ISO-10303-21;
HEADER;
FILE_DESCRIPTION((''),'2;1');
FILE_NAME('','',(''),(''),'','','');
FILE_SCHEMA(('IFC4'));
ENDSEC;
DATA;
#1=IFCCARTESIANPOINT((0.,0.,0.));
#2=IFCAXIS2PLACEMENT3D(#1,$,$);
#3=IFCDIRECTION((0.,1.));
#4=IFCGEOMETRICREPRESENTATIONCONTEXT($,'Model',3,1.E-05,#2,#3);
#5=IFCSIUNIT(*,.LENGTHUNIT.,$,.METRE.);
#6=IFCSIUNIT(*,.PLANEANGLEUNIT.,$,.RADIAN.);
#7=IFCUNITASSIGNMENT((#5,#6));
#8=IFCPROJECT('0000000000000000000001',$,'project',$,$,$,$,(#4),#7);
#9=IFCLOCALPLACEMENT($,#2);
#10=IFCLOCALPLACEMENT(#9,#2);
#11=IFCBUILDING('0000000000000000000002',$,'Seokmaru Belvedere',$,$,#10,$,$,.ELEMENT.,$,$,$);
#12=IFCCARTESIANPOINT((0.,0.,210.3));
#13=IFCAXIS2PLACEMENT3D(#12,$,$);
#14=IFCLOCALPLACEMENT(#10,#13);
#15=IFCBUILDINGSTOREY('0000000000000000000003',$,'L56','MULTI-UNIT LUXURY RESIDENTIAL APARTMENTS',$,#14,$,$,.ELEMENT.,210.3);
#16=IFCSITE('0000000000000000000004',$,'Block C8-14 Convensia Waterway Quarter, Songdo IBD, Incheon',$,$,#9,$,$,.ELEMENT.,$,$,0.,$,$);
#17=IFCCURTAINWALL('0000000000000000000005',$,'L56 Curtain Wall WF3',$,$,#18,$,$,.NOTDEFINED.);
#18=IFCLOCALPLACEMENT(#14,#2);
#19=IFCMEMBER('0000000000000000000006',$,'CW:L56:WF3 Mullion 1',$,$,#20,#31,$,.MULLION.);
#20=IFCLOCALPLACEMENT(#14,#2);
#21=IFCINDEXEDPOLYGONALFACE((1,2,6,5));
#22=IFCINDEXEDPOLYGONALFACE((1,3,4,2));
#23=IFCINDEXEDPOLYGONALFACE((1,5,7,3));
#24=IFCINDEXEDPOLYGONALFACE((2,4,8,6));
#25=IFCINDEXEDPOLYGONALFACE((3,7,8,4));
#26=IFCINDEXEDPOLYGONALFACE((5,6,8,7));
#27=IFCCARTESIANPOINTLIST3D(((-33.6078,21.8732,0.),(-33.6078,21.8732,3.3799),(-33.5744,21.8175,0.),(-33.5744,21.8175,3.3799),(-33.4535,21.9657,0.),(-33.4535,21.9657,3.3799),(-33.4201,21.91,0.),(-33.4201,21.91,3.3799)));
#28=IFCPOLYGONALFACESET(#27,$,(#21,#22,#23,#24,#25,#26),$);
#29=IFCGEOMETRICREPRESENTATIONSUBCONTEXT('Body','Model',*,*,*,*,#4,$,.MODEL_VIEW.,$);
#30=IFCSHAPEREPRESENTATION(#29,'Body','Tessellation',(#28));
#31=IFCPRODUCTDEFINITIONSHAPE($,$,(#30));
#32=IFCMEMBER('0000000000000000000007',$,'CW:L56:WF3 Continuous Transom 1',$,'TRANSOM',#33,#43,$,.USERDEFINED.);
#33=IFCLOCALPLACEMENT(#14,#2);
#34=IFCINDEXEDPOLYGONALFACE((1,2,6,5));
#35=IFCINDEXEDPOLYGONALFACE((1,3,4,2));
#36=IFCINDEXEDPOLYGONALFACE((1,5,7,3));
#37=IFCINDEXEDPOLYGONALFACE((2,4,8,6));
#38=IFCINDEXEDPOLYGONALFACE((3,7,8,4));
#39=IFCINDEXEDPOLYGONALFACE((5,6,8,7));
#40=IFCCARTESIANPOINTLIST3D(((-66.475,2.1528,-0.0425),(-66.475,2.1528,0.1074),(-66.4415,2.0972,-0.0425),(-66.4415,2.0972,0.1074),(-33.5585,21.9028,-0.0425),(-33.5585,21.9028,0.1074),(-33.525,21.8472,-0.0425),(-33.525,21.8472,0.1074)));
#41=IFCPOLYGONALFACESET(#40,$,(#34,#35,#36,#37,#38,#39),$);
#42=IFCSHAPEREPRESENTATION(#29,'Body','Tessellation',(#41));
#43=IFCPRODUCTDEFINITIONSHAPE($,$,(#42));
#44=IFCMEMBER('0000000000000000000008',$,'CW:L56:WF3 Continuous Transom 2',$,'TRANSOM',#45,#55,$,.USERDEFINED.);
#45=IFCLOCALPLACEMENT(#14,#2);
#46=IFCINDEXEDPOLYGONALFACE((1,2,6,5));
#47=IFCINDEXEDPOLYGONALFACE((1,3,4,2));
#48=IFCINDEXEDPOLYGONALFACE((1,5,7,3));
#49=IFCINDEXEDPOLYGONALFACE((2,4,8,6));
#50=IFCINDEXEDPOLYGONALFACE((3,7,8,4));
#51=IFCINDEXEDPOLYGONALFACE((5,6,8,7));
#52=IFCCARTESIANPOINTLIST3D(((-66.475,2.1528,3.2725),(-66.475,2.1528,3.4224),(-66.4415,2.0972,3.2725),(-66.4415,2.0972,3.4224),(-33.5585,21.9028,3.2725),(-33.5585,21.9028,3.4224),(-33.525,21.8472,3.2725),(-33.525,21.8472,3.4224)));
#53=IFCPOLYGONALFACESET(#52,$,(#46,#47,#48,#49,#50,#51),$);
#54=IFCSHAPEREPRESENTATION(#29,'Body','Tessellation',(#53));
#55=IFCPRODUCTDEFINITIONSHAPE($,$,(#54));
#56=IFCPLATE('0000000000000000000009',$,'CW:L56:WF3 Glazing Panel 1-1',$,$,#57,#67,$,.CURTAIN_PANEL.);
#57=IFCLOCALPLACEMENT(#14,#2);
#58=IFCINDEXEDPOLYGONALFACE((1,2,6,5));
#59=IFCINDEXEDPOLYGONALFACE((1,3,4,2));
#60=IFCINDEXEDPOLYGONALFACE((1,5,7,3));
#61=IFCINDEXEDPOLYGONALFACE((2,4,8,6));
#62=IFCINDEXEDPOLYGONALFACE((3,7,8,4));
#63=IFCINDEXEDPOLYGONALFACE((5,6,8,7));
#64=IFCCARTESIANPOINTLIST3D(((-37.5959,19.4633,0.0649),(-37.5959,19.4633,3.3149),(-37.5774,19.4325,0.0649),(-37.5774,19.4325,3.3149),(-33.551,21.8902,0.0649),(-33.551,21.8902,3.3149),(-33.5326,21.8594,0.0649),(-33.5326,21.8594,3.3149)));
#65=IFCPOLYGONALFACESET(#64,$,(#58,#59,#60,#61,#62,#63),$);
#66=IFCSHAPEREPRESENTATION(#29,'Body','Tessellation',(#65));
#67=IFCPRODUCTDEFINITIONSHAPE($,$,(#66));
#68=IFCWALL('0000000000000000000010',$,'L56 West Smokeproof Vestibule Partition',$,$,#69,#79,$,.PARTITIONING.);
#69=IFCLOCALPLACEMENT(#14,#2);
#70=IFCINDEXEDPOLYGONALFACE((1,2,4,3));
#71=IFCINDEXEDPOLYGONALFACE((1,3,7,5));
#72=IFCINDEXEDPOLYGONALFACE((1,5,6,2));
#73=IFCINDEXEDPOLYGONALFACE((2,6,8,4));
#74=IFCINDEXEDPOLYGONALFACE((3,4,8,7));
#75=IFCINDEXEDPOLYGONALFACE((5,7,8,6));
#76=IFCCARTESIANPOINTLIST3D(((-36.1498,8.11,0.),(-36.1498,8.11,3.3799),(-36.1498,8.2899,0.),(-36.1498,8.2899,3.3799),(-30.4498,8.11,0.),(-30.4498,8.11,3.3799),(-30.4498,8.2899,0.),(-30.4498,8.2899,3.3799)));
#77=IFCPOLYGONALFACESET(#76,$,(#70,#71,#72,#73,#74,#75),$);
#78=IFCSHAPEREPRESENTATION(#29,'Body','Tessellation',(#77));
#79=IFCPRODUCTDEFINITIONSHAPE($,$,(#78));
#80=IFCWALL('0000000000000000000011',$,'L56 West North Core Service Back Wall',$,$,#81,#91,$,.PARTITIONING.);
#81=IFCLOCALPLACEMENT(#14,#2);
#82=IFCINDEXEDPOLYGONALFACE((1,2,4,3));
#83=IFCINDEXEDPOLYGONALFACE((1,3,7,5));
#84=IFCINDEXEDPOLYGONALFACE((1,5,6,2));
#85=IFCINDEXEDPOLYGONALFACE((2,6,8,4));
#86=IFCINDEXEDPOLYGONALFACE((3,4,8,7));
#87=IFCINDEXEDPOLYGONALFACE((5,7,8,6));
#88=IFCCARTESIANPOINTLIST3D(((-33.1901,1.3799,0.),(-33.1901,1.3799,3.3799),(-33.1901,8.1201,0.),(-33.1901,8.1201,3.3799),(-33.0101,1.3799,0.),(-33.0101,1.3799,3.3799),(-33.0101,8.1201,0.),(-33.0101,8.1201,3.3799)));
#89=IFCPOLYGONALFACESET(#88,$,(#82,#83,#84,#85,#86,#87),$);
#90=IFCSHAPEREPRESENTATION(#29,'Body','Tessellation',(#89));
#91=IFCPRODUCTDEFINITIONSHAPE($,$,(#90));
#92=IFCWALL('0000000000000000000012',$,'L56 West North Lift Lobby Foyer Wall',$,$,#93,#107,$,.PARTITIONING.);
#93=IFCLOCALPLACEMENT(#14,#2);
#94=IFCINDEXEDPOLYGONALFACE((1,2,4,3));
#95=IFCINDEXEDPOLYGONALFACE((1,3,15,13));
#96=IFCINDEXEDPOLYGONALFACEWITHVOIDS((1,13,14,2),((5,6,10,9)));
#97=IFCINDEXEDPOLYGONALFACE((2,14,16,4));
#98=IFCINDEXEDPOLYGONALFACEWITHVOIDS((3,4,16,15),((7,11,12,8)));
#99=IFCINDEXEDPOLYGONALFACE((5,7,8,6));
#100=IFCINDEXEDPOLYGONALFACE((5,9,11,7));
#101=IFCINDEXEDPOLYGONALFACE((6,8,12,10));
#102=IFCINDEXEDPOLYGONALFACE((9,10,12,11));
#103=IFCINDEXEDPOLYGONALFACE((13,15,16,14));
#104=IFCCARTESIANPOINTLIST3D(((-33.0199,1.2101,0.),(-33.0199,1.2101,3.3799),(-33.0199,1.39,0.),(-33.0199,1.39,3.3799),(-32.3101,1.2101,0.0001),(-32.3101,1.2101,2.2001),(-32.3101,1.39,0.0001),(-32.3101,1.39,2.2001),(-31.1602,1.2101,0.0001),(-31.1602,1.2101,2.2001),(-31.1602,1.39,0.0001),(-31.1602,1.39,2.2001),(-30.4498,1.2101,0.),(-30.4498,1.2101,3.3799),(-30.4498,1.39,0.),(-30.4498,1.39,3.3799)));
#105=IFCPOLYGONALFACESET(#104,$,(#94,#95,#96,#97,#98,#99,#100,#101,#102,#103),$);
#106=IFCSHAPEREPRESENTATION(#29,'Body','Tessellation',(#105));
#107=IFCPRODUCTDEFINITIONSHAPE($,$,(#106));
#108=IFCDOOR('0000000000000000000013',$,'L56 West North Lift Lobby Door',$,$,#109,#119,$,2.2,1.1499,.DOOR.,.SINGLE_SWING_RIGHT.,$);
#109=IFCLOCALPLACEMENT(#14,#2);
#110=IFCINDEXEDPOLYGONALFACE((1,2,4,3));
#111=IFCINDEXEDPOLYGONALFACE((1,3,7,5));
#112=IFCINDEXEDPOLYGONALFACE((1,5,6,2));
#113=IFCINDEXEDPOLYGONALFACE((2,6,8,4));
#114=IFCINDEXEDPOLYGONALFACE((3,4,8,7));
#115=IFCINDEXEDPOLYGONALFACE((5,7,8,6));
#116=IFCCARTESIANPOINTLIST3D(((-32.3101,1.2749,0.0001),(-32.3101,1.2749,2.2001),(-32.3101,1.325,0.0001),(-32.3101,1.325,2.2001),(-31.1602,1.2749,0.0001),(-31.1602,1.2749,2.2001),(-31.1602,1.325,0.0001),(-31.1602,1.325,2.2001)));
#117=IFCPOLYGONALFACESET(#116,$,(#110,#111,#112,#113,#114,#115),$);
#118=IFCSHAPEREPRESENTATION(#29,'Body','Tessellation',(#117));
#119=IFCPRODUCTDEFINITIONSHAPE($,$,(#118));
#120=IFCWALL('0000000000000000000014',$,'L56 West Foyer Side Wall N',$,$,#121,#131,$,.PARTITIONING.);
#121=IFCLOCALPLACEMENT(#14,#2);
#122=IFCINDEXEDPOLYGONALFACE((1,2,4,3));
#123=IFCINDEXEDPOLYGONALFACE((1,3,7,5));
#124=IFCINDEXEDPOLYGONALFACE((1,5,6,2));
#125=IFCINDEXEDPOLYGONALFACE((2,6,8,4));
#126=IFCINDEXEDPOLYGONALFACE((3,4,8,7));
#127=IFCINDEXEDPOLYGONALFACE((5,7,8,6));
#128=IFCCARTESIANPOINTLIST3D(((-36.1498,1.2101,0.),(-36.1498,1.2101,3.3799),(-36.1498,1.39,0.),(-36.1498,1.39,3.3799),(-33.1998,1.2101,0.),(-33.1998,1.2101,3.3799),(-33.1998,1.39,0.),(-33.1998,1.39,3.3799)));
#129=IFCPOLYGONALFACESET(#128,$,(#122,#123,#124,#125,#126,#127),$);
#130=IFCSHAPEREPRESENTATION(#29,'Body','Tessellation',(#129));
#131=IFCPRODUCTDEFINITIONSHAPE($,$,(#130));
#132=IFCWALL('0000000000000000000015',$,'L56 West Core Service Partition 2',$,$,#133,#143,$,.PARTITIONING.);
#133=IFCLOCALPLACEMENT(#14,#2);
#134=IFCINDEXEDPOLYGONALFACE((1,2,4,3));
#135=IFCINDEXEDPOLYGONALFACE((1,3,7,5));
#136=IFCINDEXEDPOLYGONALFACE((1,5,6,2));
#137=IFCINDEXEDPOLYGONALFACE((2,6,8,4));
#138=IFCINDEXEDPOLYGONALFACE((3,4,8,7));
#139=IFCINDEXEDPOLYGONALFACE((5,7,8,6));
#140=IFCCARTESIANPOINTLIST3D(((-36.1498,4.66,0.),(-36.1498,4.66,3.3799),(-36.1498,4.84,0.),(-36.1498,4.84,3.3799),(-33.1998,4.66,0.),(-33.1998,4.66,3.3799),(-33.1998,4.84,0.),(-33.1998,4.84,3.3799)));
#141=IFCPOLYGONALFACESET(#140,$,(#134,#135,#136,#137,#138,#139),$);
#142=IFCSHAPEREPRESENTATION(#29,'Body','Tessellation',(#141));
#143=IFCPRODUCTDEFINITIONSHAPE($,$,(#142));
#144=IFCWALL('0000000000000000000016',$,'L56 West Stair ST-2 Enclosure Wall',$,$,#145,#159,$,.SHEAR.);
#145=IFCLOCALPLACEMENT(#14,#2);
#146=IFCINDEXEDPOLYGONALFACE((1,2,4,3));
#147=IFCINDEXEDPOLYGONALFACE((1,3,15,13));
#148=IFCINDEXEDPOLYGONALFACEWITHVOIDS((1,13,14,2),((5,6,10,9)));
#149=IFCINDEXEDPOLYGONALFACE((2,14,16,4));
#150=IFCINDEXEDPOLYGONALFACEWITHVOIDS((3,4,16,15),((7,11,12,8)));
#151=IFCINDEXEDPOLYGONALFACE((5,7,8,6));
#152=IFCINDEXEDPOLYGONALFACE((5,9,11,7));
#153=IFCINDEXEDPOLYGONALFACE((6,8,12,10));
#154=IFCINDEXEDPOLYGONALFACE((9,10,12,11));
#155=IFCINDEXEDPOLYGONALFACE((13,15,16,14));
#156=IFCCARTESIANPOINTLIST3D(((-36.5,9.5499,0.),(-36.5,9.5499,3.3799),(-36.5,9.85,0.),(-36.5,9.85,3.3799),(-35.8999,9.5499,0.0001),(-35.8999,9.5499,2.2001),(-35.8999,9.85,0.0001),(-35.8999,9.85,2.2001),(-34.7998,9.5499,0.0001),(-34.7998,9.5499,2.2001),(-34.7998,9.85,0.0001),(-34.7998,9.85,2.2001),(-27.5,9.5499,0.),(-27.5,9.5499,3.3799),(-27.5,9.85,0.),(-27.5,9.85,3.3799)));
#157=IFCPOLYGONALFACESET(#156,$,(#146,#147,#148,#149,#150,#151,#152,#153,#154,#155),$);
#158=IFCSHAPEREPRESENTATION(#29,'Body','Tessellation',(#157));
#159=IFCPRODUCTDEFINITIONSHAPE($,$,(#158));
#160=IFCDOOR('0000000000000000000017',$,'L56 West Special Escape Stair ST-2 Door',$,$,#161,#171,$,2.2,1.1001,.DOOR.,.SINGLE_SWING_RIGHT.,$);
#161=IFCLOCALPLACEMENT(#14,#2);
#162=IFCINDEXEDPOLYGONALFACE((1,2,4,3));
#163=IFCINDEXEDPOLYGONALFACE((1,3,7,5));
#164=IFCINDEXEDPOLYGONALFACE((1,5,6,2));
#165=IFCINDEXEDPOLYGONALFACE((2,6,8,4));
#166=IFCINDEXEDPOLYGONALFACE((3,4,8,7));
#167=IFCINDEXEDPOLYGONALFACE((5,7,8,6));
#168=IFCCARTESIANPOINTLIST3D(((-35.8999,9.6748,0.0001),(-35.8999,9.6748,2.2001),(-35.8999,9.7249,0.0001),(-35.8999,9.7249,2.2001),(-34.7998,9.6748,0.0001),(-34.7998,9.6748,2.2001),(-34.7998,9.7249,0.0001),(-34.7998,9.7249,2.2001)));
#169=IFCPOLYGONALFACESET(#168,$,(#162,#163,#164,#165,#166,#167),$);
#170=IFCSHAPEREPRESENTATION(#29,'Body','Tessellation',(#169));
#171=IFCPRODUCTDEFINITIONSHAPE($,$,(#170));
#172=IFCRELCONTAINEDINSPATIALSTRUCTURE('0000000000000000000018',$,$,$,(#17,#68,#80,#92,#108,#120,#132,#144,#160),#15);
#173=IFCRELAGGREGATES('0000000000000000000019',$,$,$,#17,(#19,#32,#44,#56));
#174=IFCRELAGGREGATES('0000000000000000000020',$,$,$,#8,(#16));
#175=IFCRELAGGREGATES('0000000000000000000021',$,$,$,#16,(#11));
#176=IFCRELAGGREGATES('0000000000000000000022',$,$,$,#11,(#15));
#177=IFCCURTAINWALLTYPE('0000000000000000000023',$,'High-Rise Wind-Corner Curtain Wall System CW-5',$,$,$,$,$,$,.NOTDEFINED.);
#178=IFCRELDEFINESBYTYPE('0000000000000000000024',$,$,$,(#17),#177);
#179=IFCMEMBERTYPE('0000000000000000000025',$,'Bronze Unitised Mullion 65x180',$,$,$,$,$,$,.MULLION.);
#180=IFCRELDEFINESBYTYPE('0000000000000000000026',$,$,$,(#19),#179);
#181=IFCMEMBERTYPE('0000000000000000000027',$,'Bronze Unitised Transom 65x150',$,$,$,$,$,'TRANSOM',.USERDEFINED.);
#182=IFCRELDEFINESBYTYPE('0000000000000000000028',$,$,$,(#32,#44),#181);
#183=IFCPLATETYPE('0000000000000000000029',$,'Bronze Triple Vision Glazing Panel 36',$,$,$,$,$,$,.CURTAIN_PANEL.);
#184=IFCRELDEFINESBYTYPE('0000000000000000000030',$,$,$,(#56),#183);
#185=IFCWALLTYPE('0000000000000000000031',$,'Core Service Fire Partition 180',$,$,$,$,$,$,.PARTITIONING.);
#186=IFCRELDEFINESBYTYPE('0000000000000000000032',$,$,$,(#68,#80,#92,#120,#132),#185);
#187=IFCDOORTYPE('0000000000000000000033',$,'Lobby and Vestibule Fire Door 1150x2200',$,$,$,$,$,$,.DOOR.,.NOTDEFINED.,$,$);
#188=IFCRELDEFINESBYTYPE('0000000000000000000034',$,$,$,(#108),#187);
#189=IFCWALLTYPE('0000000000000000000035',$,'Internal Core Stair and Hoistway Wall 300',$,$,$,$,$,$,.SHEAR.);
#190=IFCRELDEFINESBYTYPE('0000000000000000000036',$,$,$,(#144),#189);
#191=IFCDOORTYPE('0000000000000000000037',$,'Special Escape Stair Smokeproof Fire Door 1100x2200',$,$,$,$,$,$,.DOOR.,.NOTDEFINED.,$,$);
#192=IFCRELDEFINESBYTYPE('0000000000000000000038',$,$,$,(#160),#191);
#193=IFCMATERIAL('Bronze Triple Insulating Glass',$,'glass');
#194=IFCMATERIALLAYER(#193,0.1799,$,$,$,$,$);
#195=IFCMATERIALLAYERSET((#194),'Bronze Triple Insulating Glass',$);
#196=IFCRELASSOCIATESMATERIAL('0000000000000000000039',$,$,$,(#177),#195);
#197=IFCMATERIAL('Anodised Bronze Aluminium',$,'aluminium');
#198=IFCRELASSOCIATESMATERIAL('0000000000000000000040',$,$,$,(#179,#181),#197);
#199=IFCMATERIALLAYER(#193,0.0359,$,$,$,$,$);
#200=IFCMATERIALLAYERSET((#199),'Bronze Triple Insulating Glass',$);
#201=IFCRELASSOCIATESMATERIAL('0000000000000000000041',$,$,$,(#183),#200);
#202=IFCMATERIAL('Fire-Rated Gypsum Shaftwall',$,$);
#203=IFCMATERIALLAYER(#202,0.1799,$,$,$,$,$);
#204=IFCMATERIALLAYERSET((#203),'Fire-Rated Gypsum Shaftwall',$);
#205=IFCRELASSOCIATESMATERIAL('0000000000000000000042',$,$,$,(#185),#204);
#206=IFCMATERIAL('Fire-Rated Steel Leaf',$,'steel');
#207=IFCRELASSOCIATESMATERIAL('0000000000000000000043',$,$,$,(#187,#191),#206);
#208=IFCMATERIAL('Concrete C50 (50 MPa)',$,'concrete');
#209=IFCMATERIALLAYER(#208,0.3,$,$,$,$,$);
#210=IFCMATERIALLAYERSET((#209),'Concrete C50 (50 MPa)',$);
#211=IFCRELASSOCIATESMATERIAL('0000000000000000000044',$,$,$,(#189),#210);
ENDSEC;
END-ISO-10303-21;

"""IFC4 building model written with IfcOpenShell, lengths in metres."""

from ifc_helpers import new_model, si_unit, direction, frame, frame_2d, origin, origin_2d, place, context, subcontext, project, spatial, rectangle, extrude, source, transform, mapped, material, layer, layer_set, material_profile, profile_set, type_object, type_shapes, element, fill, aggregate, save


model = new_model("IFC4")

# Units and contexts
model_context = context("Model", 3, precision=1e-05, world=origin(), true_north=direction((0.0, 1.0)))
body_context = subcontext(model_context, "Body", "Model", "MODEL_VIEW")
ifc_project = project(units=[si_unit("LENGTHUNIT", "METRE"), si_unit("PLANEANGLEUNIT", "RADIAN")], contexts=[model_context])

# Site, building, storey
site_placement = place(None, origin())
site = spatial("IfcSite", under=ifc_project, at=site_placement, Name="Block C8-14 Convensia Waterway Quarter, Songdo IBD, Incheon", CompositionType="ELEMENT", RefElevation=0.0)
building_placement = place(site_placement, origin())
building = spatial("IfcBuilding", under=site, at=building_placement, Name="Seokmaru Belvedere", CompositionType="ELEMENT")
storey_placement = place(building_placement, frame((0.0, 0.0, 210.3)))
storey = spatial("IfcBuildingStorey", under=building, at=storey_placement, Name="L56", Description="MULTI-UNIT LUXURY RESIDENTIAL APARTMENTS", CompositionType="ELEMENT", Elevation=210.3)

# Curtain wall, members, plate
ifc_material_1 = material(Name="Bronze Triple Insulating Glass", Category="glass")
ifc_layer_1 = layer(ifc_material_1, 0.1799)
ifc_layer_set_1 = layer_set([ifc_layer_1], Name="Bronze Triple Insulating Glass")
curtain_wall_type = type_object("IfcCurtainWallType", Name="High-Rise Wind-Corner Curtain Wall System CW-5", PredefinedType="NOTDEFINED", material=ifc_layer_set_1)
curtain_wall_placement = place(storey_placement, origin())
curtain_wall = element("IfcCurtainWall", 1, at=curtain_wall_placement, inside=storey, type_object=curtain_wall_type, Name="L56 Curtain Wall WF3", PredefinedType="NOTDEFINED")
ifc_material_2 = material(Name="Anodised Bronze Aluminium", Category="aluminium")
ifc_material_profile_1 = material_profile(ifc_material_2, rectangle(XDim=0.0649, YDim=0.1799, at=origin_2d()), Name="CW-M-65x180")
ifc_profile_set_1 = profile_set([ifc_material_profile_1], Name="Anodised Bronze Aluminium")
member_type_1 = type_object("IfcMemberType", Name="Bronze Unitised Mullion 65x180", PredefinedType="MULLION", material=ifc_profile_set_1)
shared_shape_1 = source(origin(), body_context, "Body", "SweptSolid", [
    extrude(rectangle(XDim=0.0649, YDim=0.1799, at=origin_2d()), origin(), (0.0, 0.0, 1.0), 3.3799),
])
type_shapes(member_type_1, [shared_shape_1])
member_1_placement = place(storey_placement, frame((-33.5139, 21.8916, 0.0), z_axis=(0.0, 0.0, 1.0), x_axis=(0.514495, -0.857493, 0.0)))
member_1 = element("IfcMember", 2, at=member_1_placement, type_object=member_type_1, Name="CW:L56:WF3 Mullion 1", PredefinedType="MULLION", context=body_context, shape_type="MappedRepresentation", body=[
    mapped(shared_shape_1, transform((0.0, 0.0, 0.0), scale=1.0)),
])
ifc_material_profile_2 = material_profile(ifc_material_2, rectangle(XDim=0.0649, YDim=0.1499, at=origin_2d()), Name="CW-T-65x150")
ifc_profile_set_2 = profile_set([ifc_material_profile_2], Name="Anodised Bronze Aluminium")
member_type_2 = type_object("IfcMemberType", Name="Bronze Unitised Transom 65x150", ElementType="TRANSOM", PredefinedType="USERDEFINED", material=ifc_profile_set_2)
shared_shape_2 = source(origin(), body_context, "Body", "SweptSolid", [
    extrude(rectangle(XDim=0.0649, YDim=0.1499, at=origin_2d()), origin(), (0.0, 0.0, 1.0), 38.387),
])
type_shapes(member_type_2, [shared_shape_2])
member_2_placement = place(storey_placement, frame((-33.5417, 21.875, 0.0325), z_axis=(-0.857492, -0.514498, 0.0), x_axis=(0.514498, -0.857492, 0.0)))
member_2 = element("IfcMember", 3, at=member_2_placement, type_object=member_type_2, Name="CW:L56:WF3 Continuous Transom 1", ObjectType="TRANSOM", PredefinedType="USERDEFINED", context=body_context, shape_type="MappedRepresentation", body=[
    mapped(shared_shape_2, transform((0.0, 0.0, 0.0), scale=1.0)),
])
member_3_placement = place(storey_placement, frame((-33.5417, 21.875, 3.3474), z_axis=(-0.857492, -0.514498, 0.0), x_axis=(0.514498, -0.857492, 0.0)))
member_3 = element("IfcMember", 4, at=member_3_placement, type_object=member_type_2, Name="CW:L56:WF3 Continuous Transom 2", ObjectType="TRANSOM", PredefinedType="USERDEFINED", context=body_context, shape_type="MappedRepresentation", body=[
    mapped(shared_shape_2, transform((0.0, 0.0, 0.0), scale=1.0)),
])
ifc_layer_2 = layer(ifc_material_1, 0.0359)
ifc_layer_set_2 = layer_set([ifc_layer_2], Name="Bronze Triple Insulating Glass")
plate_type = type_object("IfcPlateType", Name="Bronze Triple Vision Glazing Panel 36", PredefinedType="CURTAIN_PANEL", material=ifc_layer_set_2)
shared_shape_3 = source(origin(), body_context, "Body", "SweptSolid", [
    extrude(rectangle(XDim=4.717, YDim=0.0359, at=origin_2d()), origin(), (0.0, 0.0, 1.0), 3.25),
])
type_shapes(plate_type, [shared_shape_3])
plate_placement = place(storey_placement, frame((-35.5642, 20.6614, 0.0649), z_axis=(0.0, 0.0, 1.0), x_axis=(-0.857493, -0.514495, 0.0)))
plate = element("IfcPlate", 5, at=plate_placement, type_object=plate_type, Name="CW:L56:WF3 Glazing Panel 1-1", PredefinedType="CURTAIN_PANEL", context=body_context, shape_type="MappedRepresentation", body=[
    mapped(shared_shape_3, transform((0.0, 0.0, 0.0), scale=1.0)),
])
aggregate(curtain_wall, [member_1, member_2, member_3, plate])

# Walls
ifc_material_3 = material(Name="Fire-Rated Gypsum Shaftwall")
ifc_layer_3 = layer(ifc_material_3, 0.1799)
ifc_layer_set_3 = layer_set([ifc_layer_3], Name="Fire-Rated Gypsum Shaftwall")
wall_type_1 = type_object("IfcWallType", Name="Core Service Fire Partition 180", PredefinedType="PARTITIONING", material=ifc_layer_set_3)
wall_1_placement = place(storey_placement, frame((-36.1499, 8.2, 0.0), z_axis=(0.0, 0.0, 1.0), x_axis=(1.0, 0.0, 0.0)))
element("IfcWall", 6, at=wall_1_placement, inside=storey, type_object=wall_type_1, Name="L56 West Smokeproof Vestibule Partition", PredefinedType="PARTITIONING", context=body_context, shape_type="SweptSolid", body=[
    extrude(rectangle(XDim=5.7, YDim=0.1799, at=frame_2d((2.8501, 0.0))), origin(), (0.0, 0.0, 1.0), 3.3799),
])
wall_2_placement = place(storey_placement, frame((-33.1001, 1.3799, 0.0), z_axis=(0.0, 0.0, 1.0), x_axis=(0.0, 1.0, 0.0)))
element("IfcWall", 7, at=wall_2_placement, inside=storey, type_object=wall_type_1, Name="L56 West North Core Service Back Wall", PredefinedType="PARTITIONING", context=body_context, shape_type="SweptSolid", body=[
    extrude(rectangle(XDim=6.7402, YDim=0.1799, at=frame_2d((3.3701, 0.0))), origin(), (0.0, 0.0, 1.0), 3.3799),
])

# Wall, opening, door
wall_3_placement = place(storey_placement, frame((-33.02, 1.3, 0.0), z_axis=(0.0, 0.0, 1.0), x_axis=(1.0, 0.0, 0.0)))
wall_3 = element("IfcWall", 8, at=wall_3_placement, inside=storey, type_object=wall_type_1, Name="L56 West North Lift Lobby Foyer Wall", PredefinedType="PARTITIONING", context=body_context, shape_type="SweptSolid", body=[
    extrude(rectangle(XDim=2.5701, YDim=0.1799, at=frame_2d((1.2852, 0.0))), origin(), (0.0, 0.0, 1.0), 3.3799),
])
opening_1_placement = place(wall_3_placement, frame((0.71, 0.0, 0.0)))
opening_1 = element("IfcOpeningElement", 9, at=opening_1_placement, cuts=wall_3, PredefinedType="OPENING", context=body_context, shape_type="SweptSolid", body=[
    extrude(rectangle(XDim=1.1499, YDim=2.2, at=frame_2d((0.575, 1.1001))), frame((0.0, 0.1001, 0.0), z_axis=(0.0, -1.0, 0.0), x_axis=(1.0, 0.0, 0.0)), (0.0, 0.0, 1.0), 0.2),
])
ifc_material_4 = material(Name="Fire-Rated Steel Leaf", Category="steel")
door_type_1 = type_object("IfcDoorType", Name="Lobby and Vestibule Fire Door 1150x2200", OperationType="NOTDEFINED", PredefinedType="DOOR", material=ifc_material_4)
shared_shape_4 = source(origin(), body_context, "Body", "SweptSolid", [
    extrude(rectangle(XDim=1.1499, YDim=2.2, at=frame_2d((0.575, 1.1001))), frame((0.0, 0.0249, 0.0), z_axis=(0.0, -1.0, 0.0), x_axis=(1.0, 0.0, 0.0)), (0.0, 0.0, 1.0), 0.05),
])
type_shapes(door_type_1, [shared_shape_4])
door_1_placement = place(opening_1_placement, origin())
door_1 = element("IfcDoor", 10, at=door_1_placement, inside=storey, type_object=door_type_1, Name="L56 West North Lift Lobby Door", OperationType="SINGLE_SWING_RIGHT", OverallHeight=2.2, OverallWidth=1.1499, PredefinedType="DOOR", context=body_context, shape_type="MappedRepresentation", body=[
    mapped(shared_shape_4, transform((0.0, 0.0, 0.0), scale=1.0)),
])
fill(opening_1, door_1)

# Walls
for number, where, z_axis, x_axis, name in (
    (11, (-36.1499, 1.3, 0.0), (0.0, 0.0, 1.0), (1.0, 0.0, 0.0), "L56 West Foyer Side Wall N"),
    (12, (-36.1499, 4.75, 0.0), (0.0, 0.0, 1.0), (1.0, 0.0, 0.0), "L56 West Core Service Partition 2"),
):
    element("IfcWall", number, at=place(storey_placement, frame(where, z_axis=z_axis, x_axis=x_axis)), inside=storey, type_object=wall_type_1, Name=name, PredefinedType="PARTITIONING", context=body_context, shape_type="SweptSolid", body=[
        extrude(rectangle(XDim=2.95, YDim=0.1799, at=frame_2d((1.4751, 0.0))), origin(), (0.0, 0.0, 1.0), 3.3799),
    ])

# Wall, opening, door
ifc_material_5 = material(Name="Concrete C50 (50 MPa)", Category="concrete")
ifc_layer_4 = layer(ifc_material_5, 0.3)
ifc_layer_set_4 = layer_set([ifc_layer_4], Name="Concrete C50 (50 MPa)")
wall_type_2 = type_object("IfcWallType", Name="Internal Core Stair and Hoistway Wall 300", PredefinedType="SHEAR", material=ifc_layer_set_4)
wall_4_placement = place(storey_placement, frame((-36.5, 9.7, 0.0), z_axis=(0.0, 0.0, 1.0), x_axis=(1.0, 0.0, 0.0)))
wall_4 = element("IfcWall", 13, at=wall_4_placement, inside=storey, type_object=wall_type_2, Name="L56 West Stair ST-2 Enclosure Wall", PredefinedType="SHEAR", context=body_context, shape_type="SweptSolid", body=[
    extrude(rectangle(XDim=9.0, YDim=0.3, at=frame_2d((4.5, 0.0))), origin(), (0.0, 0.0, 1.0), 3.3799),
])
opening_2_placement = place(wall_4_placement, frame((0.6001, 0.0, 0.0)))
opening_2 = element("IfcOpeningElement", 14, at=opening_2_placement, cuts=wall_4, PredefinedType="OPENING", context=body_context, shape_type="SweptSolid", body=[
    extrude(rectangle(XDim=1.1001, YDim=2.2, at=frame_2d((0.55, 1.1001))), frame((0.0, 0.1602, 0.0), z_axis=(0.0, -1.0, 0.0), x_axis=(1.0, 0.0, 0.0)), (0.0, 0.0, 1.0), 0.3201),
])
door_type_2 = type_object("IfcDoorType", Name="Special Escape Stair Smokeproof Fire Door 1100x2200", OperationType="NOTDEFINED", PredefinedType="DOOR", material=ifc_material_4)
shared_shape_5 = source(origin(), body_context, "Body", "SweptSolid", [
    extrude(rectangle(XDim=1.1001, YDim=2.2, at=frame_2d((0.55, 1.1001))), frame((0.0, 0.0249, 0.0), z_axis=(0.0, -1.0, 0.0), x_axis=(1.0, 0.0, 0.0)), (0.0, 0.0, 1.0), 0.05),
])
type_shapes(door_type_2, [shared_shape_5])
door_2_placement = place(opening_2_placement, origin())
door_2 = element("IfcDoor", 15, at=door_2_placement, inside=storey, type_object=door_type_2, Name="L56 West Special Escape Stair ST-2 Door", OperationType="SINGLE_SWING_RIGHT", OverallHeight=2.2, OverallWidth=1.1001, PredefinedType="DOOR", context=body_context, shape_type="MappedRepresentation", body=[
    mapped(shared_shape_5, transform((0.0, 0.0, 0.0), scale=1.0)),
])
fill(opening_2, door_2)

save(model, "model.ifc")
